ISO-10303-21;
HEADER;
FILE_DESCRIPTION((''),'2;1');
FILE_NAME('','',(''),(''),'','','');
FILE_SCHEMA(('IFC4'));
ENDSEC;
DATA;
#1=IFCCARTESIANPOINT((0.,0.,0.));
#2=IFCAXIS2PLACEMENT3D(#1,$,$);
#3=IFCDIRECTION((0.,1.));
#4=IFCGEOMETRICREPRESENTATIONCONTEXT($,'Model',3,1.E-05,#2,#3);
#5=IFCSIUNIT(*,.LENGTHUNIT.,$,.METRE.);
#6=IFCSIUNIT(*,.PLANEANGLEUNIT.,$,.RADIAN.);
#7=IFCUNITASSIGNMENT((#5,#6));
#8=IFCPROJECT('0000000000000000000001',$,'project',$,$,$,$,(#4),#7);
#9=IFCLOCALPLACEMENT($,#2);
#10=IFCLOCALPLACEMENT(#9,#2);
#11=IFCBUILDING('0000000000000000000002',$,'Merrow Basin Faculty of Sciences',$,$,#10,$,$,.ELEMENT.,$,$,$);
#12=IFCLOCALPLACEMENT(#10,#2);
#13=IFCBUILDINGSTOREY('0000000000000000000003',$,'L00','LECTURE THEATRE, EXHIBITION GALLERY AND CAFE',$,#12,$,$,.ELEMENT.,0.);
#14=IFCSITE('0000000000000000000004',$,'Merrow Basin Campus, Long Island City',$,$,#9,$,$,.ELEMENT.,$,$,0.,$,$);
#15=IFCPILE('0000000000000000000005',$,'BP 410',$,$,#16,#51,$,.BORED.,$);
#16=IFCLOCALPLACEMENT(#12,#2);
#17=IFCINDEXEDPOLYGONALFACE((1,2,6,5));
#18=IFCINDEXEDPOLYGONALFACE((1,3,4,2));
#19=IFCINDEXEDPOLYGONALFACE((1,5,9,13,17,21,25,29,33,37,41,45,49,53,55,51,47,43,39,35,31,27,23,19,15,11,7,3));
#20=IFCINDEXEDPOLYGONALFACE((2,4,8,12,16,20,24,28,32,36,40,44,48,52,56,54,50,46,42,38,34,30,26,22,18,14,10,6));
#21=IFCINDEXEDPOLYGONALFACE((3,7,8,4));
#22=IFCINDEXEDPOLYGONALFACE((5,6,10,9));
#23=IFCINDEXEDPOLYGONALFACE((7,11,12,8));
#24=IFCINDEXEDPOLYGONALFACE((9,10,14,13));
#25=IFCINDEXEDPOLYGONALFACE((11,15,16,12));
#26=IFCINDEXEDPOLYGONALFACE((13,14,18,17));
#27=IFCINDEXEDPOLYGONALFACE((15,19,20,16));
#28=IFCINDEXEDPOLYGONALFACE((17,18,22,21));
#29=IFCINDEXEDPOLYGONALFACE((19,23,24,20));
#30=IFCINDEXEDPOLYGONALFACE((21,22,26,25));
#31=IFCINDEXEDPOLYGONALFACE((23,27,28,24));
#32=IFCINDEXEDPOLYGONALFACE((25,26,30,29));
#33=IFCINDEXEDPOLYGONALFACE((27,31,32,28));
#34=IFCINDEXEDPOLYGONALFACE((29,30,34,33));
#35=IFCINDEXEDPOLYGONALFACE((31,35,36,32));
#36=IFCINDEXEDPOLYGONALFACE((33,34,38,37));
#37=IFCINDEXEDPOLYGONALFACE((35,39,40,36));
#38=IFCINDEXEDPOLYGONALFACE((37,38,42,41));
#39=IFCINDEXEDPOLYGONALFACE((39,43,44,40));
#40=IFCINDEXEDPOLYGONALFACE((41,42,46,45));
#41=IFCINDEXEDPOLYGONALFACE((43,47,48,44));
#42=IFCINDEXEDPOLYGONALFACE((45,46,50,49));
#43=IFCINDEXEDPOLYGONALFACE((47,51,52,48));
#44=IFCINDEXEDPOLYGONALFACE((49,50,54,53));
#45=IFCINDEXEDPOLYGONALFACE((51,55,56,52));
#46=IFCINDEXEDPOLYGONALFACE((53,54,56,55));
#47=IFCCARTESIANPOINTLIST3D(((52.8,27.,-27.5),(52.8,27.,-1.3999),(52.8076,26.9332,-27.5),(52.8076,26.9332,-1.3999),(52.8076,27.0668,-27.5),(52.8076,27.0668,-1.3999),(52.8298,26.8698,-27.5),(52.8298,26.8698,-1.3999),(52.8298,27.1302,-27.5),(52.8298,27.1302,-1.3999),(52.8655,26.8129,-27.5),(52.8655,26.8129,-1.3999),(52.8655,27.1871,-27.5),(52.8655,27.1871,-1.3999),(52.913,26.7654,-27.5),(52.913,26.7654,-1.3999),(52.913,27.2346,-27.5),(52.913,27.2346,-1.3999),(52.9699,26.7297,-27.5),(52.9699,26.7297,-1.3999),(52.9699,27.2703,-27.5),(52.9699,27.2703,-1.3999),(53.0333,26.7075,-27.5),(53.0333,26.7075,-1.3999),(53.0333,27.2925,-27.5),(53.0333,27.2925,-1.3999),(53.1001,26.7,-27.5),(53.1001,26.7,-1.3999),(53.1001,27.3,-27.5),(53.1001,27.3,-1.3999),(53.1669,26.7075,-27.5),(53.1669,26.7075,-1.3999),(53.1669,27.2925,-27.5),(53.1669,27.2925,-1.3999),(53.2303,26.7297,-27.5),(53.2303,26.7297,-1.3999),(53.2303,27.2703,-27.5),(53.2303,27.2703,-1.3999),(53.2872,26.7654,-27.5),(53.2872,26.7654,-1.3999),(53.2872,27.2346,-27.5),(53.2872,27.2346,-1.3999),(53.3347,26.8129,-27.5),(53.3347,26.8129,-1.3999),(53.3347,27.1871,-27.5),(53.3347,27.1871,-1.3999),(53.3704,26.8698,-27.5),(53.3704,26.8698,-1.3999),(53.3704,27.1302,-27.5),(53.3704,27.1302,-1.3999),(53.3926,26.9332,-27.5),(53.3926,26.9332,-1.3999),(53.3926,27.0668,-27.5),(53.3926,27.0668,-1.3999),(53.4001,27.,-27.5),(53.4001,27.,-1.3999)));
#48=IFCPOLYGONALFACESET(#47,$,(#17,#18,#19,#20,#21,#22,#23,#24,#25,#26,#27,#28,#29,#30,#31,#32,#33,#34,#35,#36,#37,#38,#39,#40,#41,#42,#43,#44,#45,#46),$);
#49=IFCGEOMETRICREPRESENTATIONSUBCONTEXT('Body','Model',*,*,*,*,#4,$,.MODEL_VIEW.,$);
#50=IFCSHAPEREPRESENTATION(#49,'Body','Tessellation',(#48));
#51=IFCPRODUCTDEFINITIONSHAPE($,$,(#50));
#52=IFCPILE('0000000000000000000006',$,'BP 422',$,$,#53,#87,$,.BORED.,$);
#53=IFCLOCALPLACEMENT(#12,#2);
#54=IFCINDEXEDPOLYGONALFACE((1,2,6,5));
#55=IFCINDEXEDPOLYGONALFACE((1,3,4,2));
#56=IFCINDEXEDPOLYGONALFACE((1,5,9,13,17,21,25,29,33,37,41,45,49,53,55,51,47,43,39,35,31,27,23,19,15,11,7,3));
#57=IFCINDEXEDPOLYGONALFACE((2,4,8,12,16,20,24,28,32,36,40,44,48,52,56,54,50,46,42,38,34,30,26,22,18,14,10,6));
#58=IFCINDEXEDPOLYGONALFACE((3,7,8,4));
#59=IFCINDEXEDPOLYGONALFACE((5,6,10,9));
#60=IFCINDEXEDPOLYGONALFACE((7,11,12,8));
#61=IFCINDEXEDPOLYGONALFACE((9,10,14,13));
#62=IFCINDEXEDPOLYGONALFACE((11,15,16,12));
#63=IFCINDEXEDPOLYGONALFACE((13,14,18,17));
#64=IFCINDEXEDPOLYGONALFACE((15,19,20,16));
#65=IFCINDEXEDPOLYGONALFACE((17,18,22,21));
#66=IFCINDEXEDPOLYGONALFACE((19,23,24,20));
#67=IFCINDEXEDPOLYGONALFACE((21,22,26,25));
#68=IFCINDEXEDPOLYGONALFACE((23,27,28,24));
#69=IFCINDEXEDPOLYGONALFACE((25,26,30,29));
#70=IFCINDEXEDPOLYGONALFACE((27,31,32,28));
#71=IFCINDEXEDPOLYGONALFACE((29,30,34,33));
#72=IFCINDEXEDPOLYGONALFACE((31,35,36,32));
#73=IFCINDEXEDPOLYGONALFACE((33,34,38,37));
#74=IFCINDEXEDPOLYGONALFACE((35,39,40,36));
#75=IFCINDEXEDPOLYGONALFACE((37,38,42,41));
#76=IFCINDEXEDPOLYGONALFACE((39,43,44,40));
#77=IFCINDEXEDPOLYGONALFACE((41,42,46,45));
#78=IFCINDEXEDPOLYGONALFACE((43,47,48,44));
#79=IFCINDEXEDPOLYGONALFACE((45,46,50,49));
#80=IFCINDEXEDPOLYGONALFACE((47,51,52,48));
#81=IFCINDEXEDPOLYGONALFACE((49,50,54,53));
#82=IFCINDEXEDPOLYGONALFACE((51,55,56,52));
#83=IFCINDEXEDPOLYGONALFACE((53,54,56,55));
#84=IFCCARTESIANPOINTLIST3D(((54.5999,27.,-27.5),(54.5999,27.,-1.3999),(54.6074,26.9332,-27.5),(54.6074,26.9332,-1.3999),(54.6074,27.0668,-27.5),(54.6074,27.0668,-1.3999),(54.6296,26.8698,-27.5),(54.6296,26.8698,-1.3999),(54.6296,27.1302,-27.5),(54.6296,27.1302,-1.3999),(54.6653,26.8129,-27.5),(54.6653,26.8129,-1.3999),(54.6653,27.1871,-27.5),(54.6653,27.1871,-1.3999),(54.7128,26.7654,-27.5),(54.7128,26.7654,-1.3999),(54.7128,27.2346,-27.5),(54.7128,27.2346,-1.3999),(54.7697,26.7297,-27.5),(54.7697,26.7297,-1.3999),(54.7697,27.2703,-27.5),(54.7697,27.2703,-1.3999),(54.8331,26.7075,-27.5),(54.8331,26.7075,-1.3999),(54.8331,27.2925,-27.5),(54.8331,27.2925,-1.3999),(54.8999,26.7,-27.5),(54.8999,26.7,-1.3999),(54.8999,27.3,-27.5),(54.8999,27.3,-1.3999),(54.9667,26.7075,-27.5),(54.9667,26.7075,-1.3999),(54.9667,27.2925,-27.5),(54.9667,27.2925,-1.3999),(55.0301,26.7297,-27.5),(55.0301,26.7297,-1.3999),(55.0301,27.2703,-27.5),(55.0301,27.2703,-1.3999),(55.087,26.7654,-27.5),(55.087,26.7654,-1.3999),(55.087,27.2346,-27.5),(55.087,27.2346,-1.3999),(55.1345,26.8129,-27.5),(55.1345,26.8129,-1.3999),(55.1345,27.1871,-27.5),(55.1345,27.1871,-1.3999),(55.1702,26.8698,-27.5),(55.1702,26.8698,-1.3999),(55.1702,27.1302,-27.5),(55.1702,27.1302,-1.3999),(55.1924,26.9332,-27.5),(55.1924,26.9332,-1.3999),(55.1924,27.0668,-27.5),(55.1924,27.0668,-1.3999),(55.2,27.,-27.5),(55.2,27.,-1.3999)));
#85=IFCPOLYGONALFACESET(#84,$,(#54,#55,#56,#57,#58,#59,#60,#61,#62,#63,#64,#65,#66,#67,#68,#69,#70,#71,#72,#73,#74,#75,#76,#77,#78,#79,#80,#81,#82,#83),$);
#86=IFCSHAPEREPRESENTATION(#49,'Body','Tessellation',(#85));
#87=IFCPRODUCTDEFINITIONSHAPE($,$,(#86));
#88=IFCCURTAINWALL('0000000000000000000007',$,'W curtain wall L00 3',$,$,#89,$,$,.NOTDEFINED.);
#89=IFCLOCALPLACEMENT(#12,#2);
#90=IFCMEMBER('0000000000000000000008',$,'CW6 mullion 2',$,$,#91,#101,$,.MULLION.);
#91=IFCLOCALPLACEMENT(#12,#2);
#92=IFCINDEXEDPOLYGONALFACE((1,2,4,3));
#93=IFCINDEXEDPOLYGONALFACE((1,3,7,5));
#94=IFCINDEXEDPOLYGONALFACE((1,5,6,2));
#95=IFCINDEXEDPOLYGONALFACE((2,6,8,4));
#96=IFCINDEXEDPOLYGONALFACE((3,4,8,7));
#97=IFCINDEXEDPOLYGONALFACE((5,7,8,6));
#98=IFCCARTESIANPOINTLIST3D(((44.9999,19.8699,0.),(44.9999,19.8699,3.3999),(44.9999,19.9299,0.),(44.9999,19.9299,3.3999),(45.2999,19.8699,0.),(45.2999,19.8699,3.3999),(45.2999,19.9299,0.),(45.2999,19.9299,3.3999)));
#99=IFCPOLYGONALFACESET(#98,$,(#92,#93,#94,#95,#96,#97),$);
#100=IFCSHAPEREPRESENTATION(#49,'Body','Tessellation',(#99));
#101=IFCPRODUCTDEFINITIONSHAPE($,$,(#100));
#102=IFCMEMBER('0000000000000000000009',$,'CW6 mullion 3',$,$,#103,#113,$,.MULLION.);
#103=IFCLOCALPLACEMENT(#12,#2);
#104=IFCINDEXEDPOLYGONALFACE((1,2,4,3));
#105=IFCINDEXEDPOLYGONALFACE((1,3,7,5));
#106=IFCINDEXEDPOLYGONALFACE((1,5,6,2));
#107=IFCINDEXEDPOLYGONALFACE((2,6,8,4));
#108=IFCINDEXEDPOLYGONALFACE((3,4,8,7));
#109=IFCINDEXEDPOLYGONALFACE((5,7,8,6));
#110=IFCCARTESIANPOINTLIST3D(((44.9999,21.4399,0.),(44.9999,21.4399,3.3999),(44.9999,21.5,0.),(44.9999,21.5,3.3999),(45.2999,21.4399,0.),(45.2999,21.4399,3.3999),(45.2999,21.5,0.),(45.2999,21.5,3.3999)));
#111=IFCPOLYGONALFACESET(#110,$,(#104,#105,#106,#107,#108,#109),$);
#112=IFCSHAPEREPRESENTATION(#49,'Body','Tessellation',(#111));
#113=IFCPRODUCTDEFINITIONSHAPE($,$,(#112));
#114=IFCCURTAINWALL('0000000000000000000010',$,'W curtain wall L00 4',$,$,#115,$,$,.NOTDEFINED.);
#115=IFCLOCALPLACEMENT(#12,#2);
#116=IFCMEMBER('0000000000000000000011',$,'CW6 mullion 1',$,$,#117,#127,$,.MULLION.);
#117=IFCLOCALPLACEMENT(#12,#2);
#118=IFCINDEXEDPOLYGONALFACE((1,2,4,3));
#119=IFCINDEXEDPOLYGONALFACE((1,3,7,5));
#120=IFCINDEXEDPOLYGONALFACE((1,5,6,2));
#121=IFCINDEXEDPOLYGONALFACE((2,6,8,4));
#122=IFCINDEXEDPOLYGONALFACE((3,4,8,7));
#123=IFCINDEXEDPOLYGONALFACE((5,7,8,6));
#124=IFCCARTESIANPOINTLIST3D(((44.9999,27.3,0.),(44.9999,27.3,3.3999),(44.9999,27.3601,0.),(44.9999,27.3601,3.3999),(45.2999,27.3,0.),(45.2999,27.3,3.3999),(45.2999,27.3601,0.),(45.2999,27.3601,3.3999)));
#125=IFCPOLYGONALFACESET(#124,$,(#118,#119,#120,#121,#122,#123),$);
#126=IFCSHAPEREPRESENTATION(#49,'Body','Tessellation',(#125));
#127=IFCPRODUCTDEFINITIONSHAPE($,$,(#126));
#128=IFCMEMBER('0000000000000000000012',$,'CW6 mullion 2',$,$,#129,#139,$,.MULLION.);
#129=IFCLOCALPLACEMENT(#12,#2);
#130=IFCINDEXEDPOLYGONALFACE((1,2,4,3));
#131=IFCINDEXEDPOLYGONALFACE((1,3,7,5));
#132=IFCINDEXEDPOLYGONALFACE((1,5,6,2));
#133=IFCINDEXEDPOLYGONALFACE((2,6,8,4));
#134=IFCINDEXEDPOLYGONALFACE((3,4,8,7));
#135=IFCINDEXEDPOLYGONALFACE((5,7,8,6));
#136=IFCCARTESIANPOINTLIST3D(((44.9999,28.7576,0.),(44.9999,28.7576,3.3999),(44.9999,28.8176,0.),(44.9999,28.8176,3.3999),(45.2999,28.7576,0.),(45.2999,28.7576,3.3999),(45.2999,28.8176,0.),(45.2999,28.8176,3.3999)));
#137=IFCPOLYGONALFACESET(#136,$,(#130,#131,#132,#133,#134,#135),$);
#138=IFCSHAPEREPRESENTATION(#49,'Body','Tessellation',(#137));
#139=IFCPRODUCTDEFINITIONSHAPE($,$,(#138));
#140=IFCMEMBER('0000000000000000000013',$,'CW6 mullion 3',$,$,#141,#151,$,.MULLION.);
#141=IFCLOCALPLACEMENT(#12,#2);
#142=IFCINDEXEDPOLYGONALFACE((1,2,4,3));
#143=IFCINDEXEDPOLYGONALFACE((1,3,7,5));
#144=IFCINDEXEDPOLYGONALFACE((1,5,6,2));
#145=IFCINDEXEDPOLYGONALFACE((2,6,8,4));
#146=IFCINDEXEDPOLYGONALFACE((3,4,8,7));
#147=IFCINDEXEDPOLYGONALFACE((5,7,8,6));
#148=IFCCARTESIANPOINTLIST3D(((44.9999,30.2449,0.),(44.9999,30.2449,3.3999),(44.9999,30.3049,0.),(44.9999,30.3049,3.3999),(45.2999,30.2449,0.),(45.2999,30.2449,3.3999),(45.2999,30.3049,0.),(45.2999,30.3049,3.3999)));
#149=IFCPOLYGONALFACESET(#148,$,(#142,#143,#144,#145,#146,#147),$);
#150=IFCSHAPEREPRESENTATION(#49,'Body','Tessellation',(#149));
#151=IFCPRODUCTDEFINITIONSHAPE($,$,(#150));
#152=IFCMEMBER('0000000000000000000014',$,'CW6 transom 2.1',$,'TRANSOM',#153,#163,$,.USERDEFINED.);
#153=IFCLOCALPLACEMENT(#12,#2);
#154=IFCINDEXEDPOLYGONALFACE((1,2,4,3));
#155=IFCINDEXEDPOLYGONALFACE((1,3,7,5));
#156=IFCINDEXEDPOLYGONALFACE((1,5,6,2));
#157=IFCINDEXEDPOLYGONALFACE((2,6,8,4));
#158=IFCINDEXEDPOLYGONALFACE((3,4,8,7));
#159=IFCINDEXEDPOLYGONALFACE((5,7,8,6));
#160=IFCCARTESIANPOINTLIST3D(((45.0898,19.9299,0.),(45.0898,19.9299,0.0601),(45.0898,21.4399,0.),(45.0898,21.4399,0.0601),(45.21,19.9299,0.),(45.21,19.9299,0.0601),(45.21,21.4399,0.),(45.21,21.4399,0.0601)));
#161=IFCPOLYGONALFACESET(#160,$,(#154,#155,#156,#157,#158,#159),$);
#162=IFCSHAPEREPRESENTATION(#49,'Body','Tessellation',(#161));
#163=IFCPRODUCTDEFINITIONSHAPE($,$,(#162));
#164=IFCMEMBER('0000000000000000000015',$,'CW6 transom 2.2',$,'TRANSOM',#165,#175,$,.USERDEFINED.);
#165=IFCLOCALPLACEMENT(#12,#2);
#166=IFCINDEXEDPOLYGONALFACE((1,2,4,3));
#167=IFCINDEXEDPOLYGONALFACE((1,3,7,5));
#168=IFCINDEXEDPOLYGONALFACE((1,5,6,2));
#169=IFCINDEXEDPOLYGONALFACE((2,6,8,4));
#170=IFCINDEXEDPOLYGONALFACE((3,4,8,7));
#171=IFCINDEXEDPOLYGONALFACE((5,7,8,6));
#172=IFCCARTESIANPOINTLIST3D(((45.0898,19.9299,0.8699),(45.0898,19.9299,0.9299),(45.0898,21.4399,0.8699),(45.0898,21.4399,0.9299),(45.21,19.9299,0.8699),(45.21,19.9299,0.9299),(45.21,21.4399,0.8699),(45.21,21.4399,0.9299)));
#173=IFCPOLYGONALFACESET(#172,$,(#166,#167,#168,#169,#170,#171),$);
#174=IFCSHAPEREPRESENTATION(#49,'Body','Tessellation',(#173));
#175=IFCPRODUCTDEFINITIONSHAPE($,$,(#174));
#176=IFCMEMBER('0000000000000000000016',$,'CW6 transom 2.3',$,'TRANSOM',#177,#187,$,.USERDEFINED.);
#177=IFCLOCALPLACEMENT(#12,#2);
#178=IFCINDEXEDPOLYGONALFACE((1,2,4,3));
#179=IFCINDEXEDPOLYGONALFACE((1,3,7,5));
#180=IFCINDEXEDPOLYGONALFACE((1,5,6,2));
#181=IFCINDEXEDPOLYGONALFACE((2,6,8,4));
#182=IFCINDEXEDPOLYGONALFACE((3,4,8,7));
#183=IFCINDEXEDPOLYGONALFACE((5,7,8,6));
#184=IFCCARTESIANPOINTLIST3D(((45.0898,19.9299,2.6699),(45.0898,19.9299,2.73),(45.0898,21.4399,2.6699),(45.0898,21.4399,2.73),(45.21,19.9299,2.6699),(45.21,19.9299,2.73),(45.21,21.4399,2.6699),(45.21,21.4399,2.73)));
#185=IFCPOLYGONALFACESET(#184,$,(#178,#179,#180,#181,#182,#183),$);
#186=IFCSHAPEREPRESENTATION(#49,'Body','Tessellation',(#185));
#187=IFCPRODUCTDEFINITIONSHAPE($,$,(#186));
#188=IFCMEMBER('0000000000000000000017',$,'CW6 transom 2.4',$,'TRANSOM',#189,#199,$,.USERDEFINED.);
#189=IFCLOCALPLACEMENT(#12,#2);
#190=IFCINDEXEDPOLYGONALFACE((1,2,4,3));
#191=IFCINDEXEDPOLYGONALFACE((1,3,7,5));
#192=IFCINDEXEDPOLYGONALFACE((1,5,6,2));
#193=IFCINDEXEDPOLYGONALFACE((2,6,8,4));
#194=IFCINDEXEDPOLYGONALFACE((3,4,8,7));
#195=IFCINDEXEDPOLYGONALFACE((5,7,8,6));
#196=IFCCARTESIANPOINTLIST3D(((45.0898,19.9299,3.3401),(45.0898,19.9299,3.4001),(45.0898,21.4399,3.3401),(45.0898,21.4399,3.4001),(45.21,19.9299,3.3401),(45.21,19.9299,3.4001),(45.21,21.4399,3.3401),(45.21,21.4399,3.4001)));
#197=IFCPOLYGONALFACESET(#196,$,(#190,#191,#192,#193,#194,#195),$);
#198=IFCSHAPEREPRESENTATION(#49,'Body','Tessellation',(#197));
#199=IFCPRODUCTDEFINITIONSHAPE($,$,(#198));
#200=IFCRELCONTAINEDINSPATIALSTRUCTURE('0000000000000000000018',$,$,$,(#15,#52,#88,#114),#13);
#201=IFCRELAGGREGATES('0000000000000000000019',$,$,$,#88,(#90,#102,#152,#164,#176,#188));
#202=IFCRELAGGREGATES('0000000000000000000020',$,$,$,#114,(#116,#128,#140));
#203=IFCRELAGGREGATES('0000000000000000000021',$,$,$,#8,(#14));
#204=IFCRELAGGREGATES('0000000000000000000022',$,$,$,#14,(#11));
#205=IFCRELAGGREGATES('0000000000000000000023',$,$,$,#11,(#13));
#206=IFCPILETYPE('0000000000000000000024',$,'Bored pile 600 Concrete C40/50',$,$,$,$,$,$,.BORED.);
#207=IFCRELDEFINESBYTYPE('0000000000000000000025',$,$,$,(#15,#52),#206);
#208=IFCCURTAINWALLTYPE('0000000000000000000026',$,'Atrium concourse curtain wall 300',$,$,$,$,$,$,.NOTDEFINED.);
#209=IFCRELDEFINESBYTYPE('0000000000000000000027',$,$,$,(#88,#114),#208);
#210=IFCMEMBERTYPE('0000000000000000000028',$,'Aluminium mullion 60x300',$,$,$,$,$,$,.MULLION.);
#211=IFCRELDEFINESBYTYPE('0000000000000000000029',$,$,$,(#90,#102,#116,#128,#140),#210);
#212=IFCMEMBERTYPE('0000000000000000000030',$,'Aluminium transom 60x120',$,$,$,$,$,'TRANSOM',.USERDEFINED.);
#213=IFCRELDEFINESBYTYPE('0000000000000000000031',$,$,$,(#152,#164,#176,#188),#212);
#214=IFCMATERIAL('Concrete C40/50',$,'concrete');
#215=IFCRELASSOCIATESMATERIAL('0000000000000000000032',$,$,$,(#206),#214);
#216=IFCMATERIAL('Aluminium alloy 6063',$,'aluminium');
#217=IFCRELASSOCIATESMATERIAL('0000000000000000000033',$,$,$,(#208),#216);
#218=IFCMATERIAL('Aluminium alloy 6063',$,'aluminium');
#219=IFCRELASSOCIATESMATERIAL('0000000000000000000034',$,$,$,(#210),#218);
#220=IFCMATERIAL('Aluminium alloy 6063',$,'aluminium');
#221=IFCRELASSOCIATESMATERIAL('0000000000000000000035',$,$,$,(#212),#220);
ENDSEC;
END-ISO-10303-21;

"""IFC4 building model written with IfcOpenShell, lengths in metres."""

from ifc_helpers import new_model, si_unit, direction, frame, origin, origin_2d, place, context, subcontext, project, spatial, rectangle, circle, extrude, material, material_profile, profile_set, type_object, element, aggregate, save


model = new_model("IFC4")

# Units and contexts
model_context = context("Model", 3, precision=1e-05, world=origin(), true_north=direction((0.0, 1.0)))
body_context = subcontext(model_context, "Body", "Model", "MODEL_VIEW")
ifc_project = project(units=[si_unit("LENGTHUNIT", "METRE"), si_unit("PLANEANGLEUNIT", "RADIAN")], contexts=[model_context])

# Site, building, storey
site_placement = place(None, origin())
site = spatial("IfcSite", under=ifc_project, at=site_placement, Name="Merrow Basin Campus, Long Island City", CompositionType="ELEMENT", RefElevation=0.0)
building_placement = place(site_placement, origin())
building = spatial("IfcBuilding", under=site, at=building_placement, Name="Merrow Basin Faculty of Sciences", CompositionType="ELEMENT")
storey_placement = place(building_placement, origin())
storey = spatial("IfcBuildingStorey", under=building, at=storey_placement, Name="L00", Description="LECTURE THEATRE, EXHIBITION GALLERY AND CAFE", CompositionType="ELEMENT", Elevation=0.0)

# Piles
ifc_material_1 = material(Name="Concrete C40/50", Category="concrete")
ifc_material_profile_1 = material_profile(ifc_material_1, circle(Radius=0.3, at=origin_2d()))
ifc_profile_set_1 = profile_set([ifc_material_profile_1], Name="Concrete C40/50")
pile_type = type_object("IfcPileType", Name="Bored pile 600 Concrete C40/50", PredefinedType="BORED", material=ifc_profile_set_1)
for number, where, z_axis, x_axis, name in (
    (1, (53.1001, 27.0, -1.3999), (0.0, 0.0, -1.0), (1.0, 0.0, 0.0), "BP 410"),
    (2, (54.8999, 27.0, -1.3999), (0.0, 0.0, -1.0), (1.0, 0.0, 0.0), "BP 422"),
):
    element("IfcPile", number, at=place(storey_placement, frame(where, z_axis=z_axis, x_axis=x_axis)), inside=storey, type_object=pile_type, Name=name, PredefinedType="BORED", context=body_context, shape_type="SweptSolid", body=[
        extrude(circle(Radius=0.3, at=origin_2d()), origin(), (0.0, 0.0, 1.0), 26.1001),
    ])

# Curtain walls, members
ifc_material_2 = material(Name="Aluminium alloy 6063", Category="aluminium")
curtain_wall_type = type_object("IfcCurtainWallType", Name="Atrium concourse curtain wall 300", PredefinedType="NOTDEFINED", material=ifc_material_2)
curtain_wall_1_placement = place(storey_placement, origin())
curtain_wall_1 = element("IfcCurtainWall", 3, at=curtain_wall_1_placement, inside=storey, type_object=curtain_wall_type, Name="W curtain wall L00 3", PredefinedType="NOTDEFINED")
ifc_material_3 = material(Name="Aluminium alloy 6063", Category="aluminium")
ifc_material_profile_2 = material_profile(ifc_material_3, rectangle(XDim=0.3, YDim=0.0601, at=origin_2d()))
ifc_profile_set_2 = profile_set([ifc_material_profile_2], Name="Aluminium alloy 6063")
member_type_1 = type_object("IfcMemberType", Name="Aluminium mullion 60x300", PredefinedType="MULLION", material=ifc_profile_set_2)
member_1_placement = place(storey_placement, frame((45.1499, 19.8999, 0.0), z_axis=(0.0, 0.0, 1.0), x_axis=(-1.0, 0.0, 0.0)))
member_1 = element("IfcMember", 4, at=member_1_placement, type_object=member_type_1, Name="CW6 mullion 2", PredefinedType="MULLION", context=body_context, shape_type="SweptSolid", body=[
    extrude(rectangle(XDim=0.3, YDim=0.0601, at=origin_2d()), origin(), (0.0, 0.0, 1.0), 3.3999),
])
member_2_placement = place(storey_placement, frame((45.1499, 21.47, 0.0), z_axis=(0.0, 0.0, 1.0), x_axis=(-1.0, 0.0, 0.0)))
member_2 = element("IfcMember", 5, at=member_2_placement, type_object=member_type_1, Name="CW6 mullion 3", PredefinedType="MULLION", context=body_context, shape_type="SweptSolid", body=[
    extrude(rectangle(XDim=0.3, YDim=0.0601, at=origin_2d()), origin(), (0.0, 0.0, 1.0), 3.3999),
])
curtain_wall_2_placement = place(storey_placement, origin())
curtain_wall_2 = element("IfcCurtainWall", 6, at=curtain_wall_2_placement, inside=storey, type_object=curtain_wall_type, Name="W curtain wall L00 4", PredefinedType="NOTDEFINED")
member_3_placement = place(storey_placement, frame((45.1499, 27.3301, 0.0), z_axis=(0.0, 0.0, 1.0), x_axis=(-1.0, 0.0, 0.0)))
member_3 = element("IfcMember", 7, at=member_3_placement, type_object=member_type_1, Name="CW6 mullion 1", PredefinedType="MULLION", context=body_context, shape_type="SweptSolid", body=[
    extrude(rectangle(XDim=0.3, YDim=0.0601, at=origin_2d()), origin(), (0.0, 0.0, 1.0), 3.3999),
])
member_4_placement = place(storey_placement, frame((45.1499, 28.7876, 0.0), z_axis=(0.0, 0.0, 1.0), x_axis=(-1.0, 0.0, 0.0)))
member_4 = element("IfcMember", 8, at=member_4_placement, type_object=member_type_1, Name="CW6 mullion 2", PredefinedType="MULLION", context=body_context, shape_type="SweptSolid", body=[
    extrude(rectangle(XDim=0.3, YDim=0.0601, at=origin_2d()), origin(), (0.0, 0.0, 1.0), 3.3999),
])
member_5_placement = place(storey_placement, frame((45.1499, 30.2749, 0.0), z_axis=(0.0, 0.0, 1.0), x_axis=(-1.0, 0.0, 0.0)))
member_5 = element("IfcMember", 9, at=member_5_placement, type_object=member_type_1, Name="CW6 mullion 3", PredefinedType="MULLION", context=body_context, shape_type="SweptSolid", body=[
    extrude(rectangle(XDim=0.3, YDim=0.0601, at=origin_2d()), origin(), (0.0, 0.0, 1.0), 3.3999),
])

# Members
ifc_material_4 = material(Name="Aluminium alloy 6063", Category="aluminium")
ifc_material_profile_3 = material_profile(ifc_material_4, rectangle(XDim=0.1201, YDim=0.0601, at=origin_2d()))
ifc_profile_set_3 = profile_set([ifc_material_profile_3], Name="Aluminium alloy 6063")
member_type_2 = type_object("IfcMemberType", Name="Aluminium transom 60x120", ElementType="TRANSOM", PredefinedType="USERDEFINED", material=ifc_profile_set_3)
member_6_placement = place(storey_placement, frame((45.1499, 19.9299, 0.03), z_axis=(0.0, 1.0, 0.0), x_axis=(-1.0, 0.0, 0.0)))
member_6 = element("IfcMember", 10, at=member_6_placement, type_object=member_type_2, Name="CW6 transom 2.1", ObjectType="TRANSOM", PredefinedType="USERDEFINED", context=body_context, shape_type="SweptSolid", body=[
    extrude(rectangle(XDim=0.1201, YDim=0.0601, at=origin_2d()), origin(), (0.0, 0.0, 1.0), 1.51),
])
member_7_placement = place(storey_placement, frame((45.1499, 19.9299, 0.8999), z_axis=(0.0, 1.0, 0.0), x_axis=(-1.0, 0.0, 0.0)))
member_7 = element("IfcMember", 11, at=member_7_placement, type_object=member_type_2, Name="CW6 transom 2.2", ObjectType="TRANSOM", PredefinedType="USERDEFINED", context=body_context, shape_type="SweptSolid", body=[
    extrude(rectangle(XDim=0.1201, YDim=0.0601, at=origin_2d()), origin(), (0.0, 0.0, 1.0), 1.51),
])
member_8_placement = place(storey_placement, frame((45.1499, 19.9299, 2.7), z_axis=(0.0, 1.0, 0.0), x_axis=(-1.0, 0.0, 0.0)))
member_8 = element("IfcMember", 12, at=member_8_placement, type_object=member_type_2, Name="CW6 transom 2.3", ObjectType="TRANSOM", PredefinedType="USERDEFINED", context=body_context, shape_type="SweptSolid", body=[
    extrude(rectangle(XDim=0.1201, YDim=0.0601, at=origin_2d()), origin(), (0.0, 0.0, 1.0), 1.51),
])
member_9_placement = place(storey_placement, frame((45.1499, 19.9299, 3.3701), z_axis=(0.0, 1.0, 0.0), x_axis=(-1.0, 0.0, 0.0)))
member_9 = element("IfcMember", 13, at=member_9_placement, type_object=member_type_2, Name="CW6 transom 2.4", ObjectType="TRANSOM", PredefinedType="USERDEFINED", context=body_context, shape_type="SweptSolid", body=[
    extrude(rectangle(XDim=0.1201, YDim=0.0601, at=origin_2d()), origin(), (0.0, 0.0, 1.0), 1.51),
])

aggregate(curtain_wall_1, [member_1, member_2, member_6, member_7, member_8, member_9])
aggregate(curtain_wall_2, [member_3, member_4, member_5])

save(model, "model.ifc")
